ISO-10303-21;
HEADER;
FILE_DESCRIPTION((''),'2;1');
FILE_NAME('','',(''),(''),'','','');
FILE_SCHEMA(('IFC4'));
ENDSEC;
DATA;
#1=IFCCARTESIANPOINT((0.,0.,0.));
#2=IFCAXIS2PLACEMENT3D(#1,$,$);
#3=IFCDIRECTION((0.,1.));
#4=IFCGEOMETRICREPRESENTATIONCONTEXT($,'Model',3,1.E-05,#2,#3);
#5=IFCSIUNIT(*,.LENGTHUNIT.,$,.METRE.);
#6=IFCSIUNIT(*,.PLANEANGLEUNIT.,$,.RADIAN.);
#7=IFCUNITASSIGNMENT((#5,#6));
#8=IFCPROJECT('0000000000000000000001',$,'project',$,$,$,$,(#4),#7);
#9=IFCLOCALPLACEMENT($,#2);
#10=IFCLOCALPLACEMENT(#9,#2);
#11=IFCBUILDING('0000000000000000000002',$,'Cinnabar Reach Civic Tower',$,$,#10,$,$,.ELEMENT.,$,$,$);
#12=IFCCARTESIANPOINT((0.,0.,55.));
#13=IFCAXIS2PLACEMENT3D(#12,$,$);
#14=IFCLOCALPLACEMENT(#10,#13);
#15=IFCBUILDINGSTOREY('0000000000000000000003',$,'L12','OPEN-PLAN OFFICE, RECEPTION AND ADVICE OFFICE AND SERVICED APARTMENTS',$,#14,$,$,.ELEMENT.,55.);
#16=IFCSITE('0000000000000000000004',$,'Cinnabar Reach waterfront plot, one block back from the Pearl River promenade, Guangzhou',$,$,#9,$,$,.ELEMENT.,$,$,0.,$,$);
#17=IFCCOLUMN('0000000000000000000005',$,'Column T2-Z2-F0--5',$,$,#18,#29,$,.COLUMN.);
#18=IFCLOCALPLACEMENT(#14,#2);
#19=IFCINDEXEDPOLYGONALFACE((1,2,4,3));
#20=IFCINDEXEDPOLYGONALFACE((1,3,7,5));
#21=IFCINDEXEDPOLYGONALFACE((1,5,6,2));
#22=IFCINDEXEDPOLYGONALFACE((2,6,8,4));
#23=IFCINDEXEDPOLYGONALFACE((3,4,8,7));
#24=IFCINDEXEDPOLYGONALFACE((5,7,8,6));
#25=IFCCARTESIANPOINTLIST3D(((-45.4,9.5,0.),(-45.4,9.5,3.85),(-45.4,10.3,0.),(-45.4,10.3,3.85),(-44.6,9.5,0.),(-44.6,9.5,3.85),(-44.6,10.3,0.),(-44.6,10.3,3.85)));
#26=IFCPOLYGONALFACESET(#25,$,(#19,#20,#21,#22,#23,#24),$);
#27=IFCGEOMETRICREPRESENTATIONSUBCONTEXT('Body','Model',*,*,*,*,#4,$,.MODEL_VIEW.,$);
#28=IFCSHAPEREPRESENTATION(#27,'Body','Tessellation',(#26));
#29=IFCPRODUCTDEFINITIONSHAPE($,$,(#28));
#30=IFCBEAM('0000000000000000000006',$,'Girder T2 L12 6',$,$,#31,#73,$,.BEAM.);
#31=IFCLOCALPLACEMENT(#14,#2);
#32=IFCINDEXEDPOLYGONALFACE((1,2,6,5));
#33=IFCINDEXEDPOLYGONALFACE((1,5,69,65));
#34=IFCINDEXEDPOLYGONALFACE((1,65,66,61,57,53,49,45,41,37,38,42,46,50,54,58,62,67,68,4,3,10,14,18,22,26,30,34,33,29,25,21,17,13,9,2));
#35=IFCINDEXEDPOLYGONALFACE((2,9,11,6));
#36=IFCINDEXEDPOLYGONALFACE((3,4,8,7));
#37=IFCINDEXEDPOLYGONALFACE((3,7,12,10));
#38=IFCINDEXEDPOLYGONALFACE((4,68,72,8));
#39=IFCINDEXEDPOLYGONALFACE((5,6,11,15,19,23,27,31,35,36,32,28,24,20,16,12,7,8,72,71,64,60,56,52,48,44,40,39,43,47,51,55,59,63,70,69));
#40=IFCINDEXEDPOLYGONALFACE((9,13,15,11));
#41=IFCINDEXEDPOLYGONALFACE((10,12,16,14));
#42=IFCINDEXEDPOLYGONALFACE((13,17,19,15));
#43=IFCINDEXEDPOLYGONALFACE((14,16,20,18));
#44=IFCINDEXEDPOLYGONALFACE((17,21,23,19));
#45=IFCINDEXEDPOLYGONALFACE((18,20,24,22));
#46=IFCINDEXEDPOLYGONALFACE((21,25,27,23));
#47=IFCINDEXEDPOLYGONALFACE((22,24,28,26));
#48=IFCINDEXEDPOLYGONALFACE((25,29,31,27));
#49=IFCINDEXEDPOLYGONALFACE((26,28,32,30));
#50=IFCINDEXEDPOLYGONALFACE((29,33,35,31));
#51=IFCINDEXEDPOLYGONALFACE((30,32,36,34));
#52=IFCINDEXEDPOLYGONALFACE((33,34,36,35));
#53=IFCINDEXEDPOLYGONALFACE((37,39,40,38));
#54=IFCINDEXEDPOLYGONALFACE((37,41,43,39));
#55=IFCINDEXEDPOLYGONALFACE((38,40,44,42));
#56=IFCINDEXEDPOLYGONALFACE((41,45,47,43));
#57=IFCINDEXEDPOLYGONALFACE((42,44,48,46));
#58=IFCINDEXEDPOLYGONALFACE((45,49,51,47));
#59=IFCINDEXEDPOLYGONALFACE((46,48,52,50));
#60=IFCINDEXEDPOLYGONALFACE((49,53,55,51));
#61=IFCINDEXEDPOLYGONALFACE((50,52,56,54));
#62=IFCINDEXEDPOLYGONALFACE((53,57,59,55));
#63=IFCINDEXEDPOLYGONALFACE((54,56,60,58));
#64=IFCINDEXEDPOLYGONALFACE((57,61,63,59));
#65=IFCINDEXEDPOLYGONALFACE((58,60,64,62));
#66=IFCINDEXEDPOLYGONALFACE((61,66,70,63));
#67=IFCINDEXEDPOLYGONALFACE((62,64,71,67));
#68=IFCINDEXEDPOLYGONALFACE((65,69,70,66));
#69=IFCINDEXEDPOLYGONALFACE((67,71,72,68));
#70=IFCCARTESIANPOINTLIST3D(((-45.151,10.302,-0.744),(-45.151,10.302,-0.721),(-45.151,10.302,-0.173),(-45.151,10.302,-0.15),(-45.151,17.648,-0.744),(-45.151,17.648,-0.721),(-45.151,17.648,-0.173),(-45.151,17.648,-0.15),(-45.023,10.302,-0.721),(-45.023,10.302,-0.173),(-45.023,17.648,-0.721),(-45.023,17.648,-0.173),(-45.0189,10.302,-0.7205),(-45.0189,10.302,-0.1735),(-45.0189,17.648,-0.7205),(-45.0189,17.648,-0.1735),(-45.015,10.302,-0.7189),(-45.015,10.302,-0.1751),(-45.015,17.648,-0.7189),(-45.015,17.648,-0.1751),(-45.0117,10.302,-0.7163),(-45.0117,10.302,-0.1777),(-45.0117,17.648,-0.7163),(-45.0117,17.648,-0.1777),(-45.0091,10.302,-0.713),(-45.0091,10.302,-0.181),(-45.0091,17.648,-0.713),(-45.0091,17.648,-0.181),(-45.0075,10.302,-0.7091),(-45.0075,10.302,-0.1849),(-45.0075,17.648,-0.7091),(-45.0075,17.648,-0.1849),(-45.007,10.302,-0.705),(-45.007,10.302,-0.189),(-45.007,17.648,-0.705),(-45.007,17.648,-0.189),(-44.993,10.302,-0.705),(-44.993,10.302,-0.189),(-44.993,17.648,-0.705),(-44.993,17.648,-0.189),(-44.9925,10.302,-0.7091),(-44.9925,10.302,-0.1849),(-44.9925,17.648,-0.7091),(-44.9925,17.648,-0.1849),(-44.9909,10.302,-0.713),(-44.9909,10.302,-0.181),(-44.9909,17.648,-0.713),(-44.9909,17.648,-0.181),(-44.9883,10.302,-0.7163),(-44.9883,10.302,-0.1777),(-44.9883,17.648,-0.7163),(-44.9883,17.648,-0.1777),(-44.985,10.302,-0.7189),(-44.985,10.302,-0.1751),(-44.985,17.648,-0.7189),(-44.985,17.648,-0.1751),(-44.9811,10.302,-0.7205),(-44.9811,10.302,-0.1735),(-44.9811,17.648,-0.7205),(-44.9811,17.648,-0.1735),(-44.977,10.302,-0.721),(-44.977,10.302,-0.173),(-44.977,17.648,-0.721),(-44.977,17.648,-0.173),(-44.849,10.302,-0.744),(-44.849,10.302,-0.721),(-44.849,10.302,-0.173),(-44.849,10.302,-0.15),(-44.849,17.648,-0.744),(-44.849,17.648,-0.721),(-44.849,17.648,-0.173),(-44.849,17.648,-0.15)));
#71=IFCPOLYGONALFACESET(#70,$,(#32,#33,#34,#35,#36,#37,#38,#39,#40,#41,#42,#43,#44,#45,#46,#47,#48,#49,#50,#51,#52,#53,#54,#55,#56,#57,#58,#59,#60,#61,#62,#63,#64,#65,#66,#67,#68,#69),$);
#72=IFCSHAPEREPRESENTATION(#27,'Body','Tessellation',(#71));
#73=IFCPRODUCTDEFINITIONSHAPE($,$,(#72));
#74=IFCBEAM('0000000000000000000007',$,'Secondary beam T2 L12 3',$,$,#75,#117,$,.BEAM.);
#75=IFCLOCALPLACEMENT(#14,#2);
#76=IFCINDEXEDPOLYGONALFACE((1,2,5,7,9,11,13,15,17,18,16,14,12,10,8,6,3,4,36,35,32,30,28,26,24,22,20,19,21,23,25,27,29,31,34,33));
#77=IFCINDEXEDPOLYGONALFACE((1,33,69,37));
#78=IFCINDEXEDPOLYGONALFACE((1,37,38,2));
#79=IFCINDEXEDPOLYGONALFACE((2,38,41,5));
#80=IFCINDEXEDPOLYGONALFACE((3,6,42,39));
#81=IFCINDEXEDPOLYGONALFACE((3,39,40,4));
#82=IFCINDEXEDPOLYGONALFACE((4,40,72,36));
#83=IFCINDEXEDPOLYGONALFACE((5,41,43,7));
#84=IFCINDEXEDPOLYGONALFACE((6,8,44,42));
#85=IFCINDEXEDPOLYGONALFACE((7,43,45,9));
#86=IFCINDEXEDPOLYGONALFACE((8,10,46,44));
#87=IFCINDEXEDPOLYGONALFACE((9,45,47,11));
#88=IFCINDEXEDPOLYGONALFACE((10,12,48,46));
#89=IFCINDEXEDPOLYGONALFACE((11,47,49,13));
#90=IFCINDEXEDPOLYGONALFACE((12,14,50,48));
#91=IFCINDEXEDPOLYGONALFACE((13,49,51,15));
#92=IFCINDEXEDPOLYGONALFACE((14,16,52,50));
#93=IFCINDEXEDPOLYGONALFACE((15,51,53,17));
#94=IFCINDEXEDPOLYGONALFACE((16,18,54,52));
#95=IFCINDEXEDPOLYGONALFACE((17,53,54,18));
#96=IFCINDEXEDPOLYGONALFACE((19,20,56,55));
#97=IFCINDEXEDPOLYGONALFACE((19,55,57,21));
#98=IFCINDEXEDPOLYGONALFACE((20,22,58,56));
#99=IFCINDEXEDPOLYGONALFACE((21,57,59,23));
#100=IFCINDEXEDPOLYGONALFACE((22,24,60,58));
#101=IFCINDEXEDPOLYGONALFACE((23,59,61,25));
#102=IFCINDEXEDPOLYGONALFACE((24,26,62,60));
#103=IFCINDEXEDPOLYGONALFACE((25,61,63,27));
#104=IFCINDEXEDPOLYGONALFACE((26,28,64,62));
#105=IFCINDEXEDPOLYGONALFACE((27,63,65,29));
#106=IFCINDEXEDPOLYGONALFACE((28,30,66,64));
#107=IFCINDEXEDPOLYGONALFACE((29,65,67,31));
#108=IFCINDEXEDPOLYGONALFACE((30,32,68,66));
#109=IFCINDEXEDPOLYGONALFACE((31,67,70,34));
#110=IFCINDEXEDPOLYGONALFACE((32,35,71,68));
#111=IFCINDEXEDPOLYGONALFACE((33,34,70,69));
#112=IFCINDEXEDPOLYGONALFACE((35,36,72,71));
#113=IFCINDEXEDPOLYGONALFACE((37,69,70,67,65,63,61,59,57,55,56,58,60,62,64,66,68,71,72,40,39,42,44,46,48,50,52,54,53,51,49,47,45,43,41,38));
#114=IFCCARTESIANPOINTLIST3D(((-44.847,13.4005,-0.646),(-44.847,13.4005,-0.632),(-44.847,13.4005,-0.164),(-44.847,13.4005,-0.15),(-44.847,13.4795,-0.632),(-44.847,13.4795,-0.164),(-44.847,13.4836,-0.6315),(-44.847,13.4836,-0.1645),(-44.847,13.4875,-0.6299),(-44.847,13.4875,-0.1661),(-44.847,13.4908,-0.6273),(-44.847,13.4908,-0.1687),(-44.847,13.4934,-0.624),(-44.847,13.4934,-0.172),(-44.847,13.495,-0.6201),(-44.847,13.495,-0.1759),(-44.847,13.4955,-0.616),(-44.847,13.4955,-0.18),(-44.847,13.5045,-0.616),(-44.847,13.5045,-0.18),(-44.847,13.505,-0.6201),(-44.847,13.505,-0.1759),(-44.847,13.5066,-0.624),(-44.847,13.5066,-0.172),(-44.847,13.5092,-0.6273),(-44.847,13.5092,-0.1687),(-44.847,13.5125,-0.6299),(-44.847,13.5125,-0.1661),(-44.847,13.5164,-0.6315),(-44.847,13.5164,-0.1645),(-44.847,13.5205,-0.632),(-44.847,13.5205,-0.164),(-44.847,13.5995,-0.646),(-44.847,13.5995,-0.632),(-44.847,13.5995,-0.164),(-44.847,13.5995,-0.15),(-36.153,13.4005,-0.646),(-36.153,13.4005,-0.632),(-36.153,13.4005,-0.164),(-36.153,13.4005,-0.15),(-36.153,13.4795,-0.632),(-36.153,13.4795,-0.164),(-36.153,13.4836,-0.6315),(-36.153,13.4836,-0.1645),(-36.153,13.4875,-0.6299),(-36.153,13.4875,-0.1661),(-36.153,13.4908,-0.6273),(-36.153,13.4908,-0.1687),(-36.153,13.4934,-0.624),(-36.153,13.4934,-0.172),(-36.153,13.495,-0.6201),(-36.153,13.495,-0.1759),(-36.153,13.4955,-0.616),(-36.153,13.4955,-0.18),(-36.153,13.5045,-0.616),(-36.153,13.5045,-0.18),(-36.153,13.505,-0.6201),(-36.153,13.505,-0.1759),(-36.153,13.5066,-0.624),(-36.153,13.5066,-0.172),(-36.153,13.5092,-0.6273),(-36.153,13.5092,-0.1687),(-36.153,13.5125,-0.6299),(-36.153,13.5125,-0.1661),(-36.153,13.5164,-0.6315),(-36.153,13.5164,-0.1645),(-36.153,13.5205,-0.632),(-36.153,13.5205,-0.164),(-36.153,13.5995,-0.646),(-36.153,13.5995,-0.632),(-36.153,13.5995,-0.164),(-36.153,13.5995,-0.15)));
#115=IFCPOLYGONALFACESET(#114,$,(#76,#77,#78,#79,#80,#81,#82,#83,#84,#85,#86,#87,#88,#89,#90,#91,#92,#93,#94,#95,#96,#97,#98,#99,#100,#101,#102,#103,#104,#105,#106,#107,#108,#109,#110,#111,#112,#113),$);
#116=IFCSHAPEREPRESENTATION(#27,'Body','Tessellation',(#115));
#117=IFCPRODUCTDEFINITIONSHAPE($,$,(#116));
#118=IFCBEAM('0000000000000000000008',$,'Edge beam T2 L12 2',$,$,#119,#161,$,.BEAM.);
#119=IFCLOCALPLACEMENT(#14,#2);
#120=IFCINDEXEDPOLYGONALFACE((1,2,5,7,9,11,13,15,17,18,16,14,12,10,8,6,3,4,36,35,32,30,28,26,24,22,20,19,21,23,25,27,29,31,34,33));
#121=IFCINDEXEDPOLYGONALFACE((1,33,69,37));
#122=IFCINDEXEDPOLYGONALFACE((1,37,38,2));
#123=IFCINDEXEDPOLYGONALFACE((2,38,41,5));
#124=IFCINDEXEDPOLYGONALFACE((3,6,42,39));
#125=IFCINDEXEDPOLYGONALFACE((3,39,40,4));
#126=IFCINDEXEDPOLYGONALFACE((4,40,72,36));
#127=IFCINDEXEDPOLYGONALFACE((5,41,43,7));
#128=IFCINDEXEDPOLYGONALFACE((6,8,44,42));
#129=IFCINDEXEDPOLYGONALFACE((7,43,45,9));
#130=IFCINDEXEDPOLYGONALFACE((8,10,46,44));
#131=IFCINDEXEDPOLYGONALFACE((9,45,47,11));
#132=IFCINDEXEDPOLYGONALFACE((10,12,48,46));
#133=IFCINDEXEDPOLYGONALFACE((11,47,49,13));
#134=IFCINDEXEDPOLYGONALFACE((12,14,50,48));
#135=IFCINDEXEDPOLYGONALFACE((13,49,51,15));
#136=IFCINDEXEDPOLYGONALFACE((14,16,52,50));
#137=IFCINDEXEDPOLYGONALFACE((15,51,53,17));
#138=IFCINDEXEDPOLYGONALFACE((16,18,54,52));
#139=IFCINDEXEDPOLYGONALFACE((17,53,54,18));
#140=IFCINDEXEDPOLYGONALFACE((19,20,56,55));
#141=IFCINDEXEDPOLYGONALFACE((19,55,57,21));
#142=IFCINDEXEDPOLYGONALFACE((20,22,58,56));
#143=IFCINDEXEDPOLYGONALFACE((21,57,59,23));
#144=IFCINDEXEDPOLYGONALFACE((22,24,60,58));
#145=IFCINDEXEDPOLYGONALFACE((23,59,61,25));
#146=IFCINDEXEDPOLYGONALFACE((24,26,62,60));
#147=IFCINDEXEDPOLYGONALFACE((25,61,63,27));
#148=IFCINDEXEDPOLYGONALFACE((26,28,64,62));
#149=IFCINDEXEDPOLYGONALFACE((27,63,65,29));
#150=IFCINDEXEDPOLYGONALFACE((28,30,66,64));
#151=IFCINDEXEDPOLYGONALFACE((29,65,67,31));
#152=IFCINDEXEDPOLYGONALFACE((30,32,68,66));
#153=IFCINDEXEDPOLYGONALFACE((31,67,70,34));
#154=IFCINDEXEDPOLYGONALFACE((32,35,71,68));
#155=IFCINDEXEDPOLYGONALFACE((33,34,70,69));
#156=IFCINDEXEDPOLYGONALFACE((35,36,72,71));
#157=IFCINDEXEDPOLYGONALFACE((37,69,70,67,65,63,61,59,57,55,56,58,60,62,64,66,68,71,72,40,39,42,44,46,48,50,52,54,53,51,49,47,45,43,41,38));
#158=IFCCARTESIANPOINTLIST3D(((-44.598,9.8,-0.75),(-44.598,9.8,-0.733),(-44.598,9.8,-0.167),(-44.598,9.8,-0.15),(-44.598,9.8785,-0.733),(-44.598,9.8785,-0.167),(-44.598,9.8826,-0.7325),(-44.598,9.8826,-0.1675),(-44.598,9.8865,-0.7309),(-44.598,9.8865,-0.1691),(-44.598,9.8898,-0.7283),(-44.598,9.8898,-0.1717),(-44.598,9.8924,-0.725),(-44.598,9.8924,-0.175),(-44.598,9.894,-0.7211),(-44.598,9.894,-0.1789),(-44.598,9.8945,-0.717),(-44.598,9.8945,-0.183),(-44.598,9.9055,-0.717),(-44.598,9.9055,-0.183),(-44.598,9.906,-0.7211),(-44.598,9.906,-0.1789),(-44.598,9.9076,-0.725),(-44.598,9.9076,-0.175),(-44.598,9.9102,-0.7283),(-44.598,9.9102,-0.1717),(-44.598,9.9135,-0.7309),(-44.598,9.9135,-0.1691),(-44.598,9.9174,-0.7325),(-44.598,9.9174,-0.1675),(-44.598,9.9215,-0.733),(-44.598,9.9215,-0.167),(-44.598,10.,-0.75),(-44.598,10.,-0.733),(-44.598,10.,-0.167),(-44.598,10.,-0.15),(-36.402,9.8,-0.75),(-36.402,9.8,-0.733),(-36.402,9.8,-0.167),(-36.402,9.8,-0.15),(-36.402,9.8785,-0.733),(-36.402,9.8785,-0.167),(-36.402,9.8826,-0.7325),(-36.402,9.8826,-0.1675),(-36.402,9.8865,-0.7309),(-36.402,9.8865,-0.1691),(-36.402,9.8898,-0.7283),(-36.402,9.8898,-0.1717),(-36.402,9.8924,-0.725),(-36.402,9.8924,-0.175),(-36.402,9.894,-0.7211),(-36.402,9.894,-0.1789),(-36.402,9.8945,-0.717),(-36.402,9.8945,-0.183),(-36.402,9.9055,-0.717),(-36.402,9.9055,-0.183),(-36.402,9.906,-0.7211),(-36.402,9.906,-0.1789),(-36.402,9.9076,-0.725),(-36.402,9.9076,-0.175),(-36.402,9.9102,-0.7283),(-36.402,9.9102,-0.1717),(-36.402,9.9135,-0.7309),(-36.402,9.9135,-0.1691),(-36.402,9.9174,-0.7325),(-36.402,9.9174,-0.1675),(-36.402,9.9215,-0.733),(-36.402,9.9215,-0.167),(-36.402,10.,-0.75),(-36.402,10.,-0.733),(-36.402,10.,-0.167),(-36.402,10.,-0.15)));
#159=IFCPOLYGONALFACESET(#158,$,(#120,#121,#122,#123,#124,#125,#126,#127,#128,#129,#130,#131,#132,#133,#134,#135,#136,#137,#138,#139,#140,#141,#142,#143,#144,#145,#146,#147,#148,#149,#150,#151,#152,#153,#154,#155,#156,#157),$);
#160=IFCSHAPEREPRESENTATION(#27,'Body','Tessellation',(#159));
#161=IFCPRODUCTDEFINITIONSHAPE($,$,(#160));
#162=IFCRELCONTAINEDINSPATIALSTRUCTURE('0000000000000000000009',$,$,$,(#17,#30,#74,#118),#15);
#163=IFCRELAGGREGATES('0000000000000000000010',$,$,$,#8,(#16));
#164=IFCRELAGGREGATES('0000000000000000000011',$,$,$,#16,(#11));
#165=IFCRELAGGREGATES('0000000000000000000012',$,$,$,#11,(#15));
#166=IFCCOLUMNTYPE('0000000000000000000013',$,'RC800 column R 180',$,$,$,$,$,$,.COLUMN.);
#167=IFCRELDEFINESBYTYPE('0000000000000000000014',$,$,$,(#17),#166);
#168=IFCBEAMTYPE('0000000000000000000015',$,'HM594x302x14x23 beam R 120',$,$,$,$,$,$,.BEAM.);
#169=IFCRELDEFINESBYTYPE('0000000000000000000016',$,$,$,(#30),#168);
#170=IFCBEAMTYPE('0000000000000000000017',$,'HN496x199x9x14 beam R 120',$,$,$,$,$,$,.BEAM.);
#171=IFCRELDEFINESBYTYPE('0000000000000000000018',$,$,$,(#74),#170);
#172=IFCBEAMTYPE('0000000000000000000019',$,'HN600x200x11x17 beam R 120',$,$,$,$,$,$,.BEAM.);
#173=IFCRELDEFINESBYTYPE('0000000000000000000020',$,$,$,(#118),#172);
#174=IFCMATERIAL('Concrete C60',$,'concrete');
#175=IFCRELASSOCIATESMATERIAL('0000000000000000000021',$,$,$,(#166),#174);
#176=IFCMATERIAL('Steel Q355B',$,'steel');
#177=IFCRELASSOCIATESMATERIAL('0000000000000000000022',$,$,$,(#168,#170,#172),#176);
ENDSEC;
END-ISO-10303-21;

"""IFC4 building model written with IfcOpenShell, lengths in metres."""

from ifc_helpers import new_model, si_unit, direction, frame, origin, origin_2d, place, context, subcontext, project, spatial, rectangle, i_section, extrude, material, material_profile, profile_set, type_object, element, save


model = new_model("IFC4")

# Units and contexts
model_context = context("Model", 3, precision=1e-05, world=origin(), true_north=direction((0.0, 1.0)))
body_context = subcontext(model_context, "Body", "Model", "MODEL_VIEW")
ifc_project = project(units=[si_unit("LENGTHUNIT", "METRE"), si_unit("PLANEANGLEUNIT", "RADIAN")], contexts=[model_context])

# Site, building, storey
site_placement = place(None, origin())
site = spatial("IfcSite", under=ifc_project, at=site_placement, Name="Cinnabar Reach waterfront plot, one block back from the Pearl River promenade, Guangzhou", CompositionType="ELEMENT", RefElevation=0.0)
building_placement = place(site_placement, origin())
building = spatial("IfcBuilding", under=site, at=building_placement, Name="Cinnabar Reach Civic Tower", CompositionType="ELEMENT")
storey_placement = place(building_placement, frame((0.0, 0.0, 55.0)))
storey = spatial("IfcBuildingStorey", under=building, at=storey_placement, Name="L12", Description="OPEN-PLAN OFFICE, RECEPTION AND ADVICE OFFICE AND SERVICED APARTMENTS", CompositionType="ELEMENT", Elevation=55.0)

# Column
ifc_material_1 = material(Name="Concrete C60", Category="concrete")
ifc_material_profile_1 = material_profile(ifc_material_1, rectangle(XDim=0.8, YDim=0.8, at=origin_2d()), Name="RC800")
ifc_profile_set_1 = profile_set([ifc_material_profile_1], Name="Concrete C60")
column_type = type_object("IfcColumnType", Name="RC800 column R 180", PredefinedType="COLUMN", material=ifc_profile_set_1)
column_placement = place(storey_placement, frame((-45.0, 9.9, 0.0), z_axis=(0.0, 0.0, 1.0), x_axis=(1.0, 0.0, 0.0)))
element("IfcColumn", 1, at=column_placement, inside=storey, type_object=column_type, Name="Column T2-Z2-F0--5", PredefinedType="COLUMN", context=body_context, shape_type="SweptSolid", body=[
    extrude(rectangle(XDim=0.8, YDim=0.8, at=origin_2d()), origin(), (0.0, 0.0, 1.0), 3.85),
])

# Beams
ifc_material_2 = material(Name="Steel Q355B", Category="steel")
ifc_material_profile_2 = material_profile(ifc_material_2, i_section(OverallWidth=0.302, OverallDepth=0.594, WebThickness=0.014, FlangeThickness=0.023, FilletRadius=0.016, at=origin_2d()), Name="HM594x302x14x23")
ifc_profile_set_2 = profile_set([ifc_material_profile_2], Name="Steel Q355B")
beam_type_1 = type_object("IfcBeamType", Name="HM594x302x14x23 beam R 120", PredefinedType="BEAM", material=ifc_profile_set_2)
beam_1_placement = place(storey_placement, frame((-45.0, 10.302, -0.447), z_axis=(0.0, 1.0, 0.0), x_axis=(-1.0, 0.0, 0.0)))
element("IfcBeam", 2, at=beam_1_placement, inside=storey, type_object=beam_type_1, Name="Girder T2 L12 6", PredefinedType="BEAM", context=body_context, shape_type="SweptSolid", body=[
    extrude(i_section(OverallWidth=0.302, OverallDepth=0.594, WebThickness=0.014, FlangeThickness=0.023, FilletRadius=0.016, at=origin_2d()), origin(), (0.0, 0.0, 1.0), 7.346),
])
ifc_material_profile_3 = material_profile(ifc_material_2, i_section(OverallWidth=0.199, OverallDepth=0.496, WebThickness=0.009, FlangeThickness=0.014, FilletRadius=0.016, at=origin_2d()), Name="HN496x199x9x14")
ifc_profile_set_3 = profile_set([ifc_material_profile_3], Name="Steel Q355B")
beam_type_2 = type_object("IfcBeamType", Name="HN496x199x9x14 beam R 120", PredefinedType="BEAM", material=ifc_profile_set_3)
beam_2_placement = place(storey_placement, frame((-44.847, 13.5, -0.398), z_axis=(1.0, 0.0, 0.0), x_axis=(0.0, 1.0, 0.0)))
element("IfcBeam", 3, at=beam_2_placement, inside=storey, type_object=beam_type_2, Name="Secondary beam T2 L12 3", PredefinedType="BEAM", context=body_context, shape_type="SweptSolid", body=[
    extrude(i_section(OverallWidth=0.199, OverallDepth=0.496, WebThickness=0.009, FlangeThickness=0.014, FilletRadius=0.016, at=origin_2d()), origin(), (0.0, 0.0, 1.0), 8.694),
])
ifc_material_profile_4 = material_profile(ifc_material_2, i_section(OverallWidth=0.2, OverallDepth=0.6, WebThickness=0.011, FlangeThickness=0.017, FilletRadius=0.016, at=origin_2d()), Name="HN600x200x11x17")
ifc_profile_set_4 = profile_set([ifc_material_profile_4], Name="Steel Q355B")
beam_type_3 = type_object("IfcBeamType", Name="HN600x200x11x17 beam R 120", PredefinedType="BEAM", material=ifc_profile_set_4)
beam_3_placement = place(storey_placement, frame((-44.598, 9.9, -0.45), z_axis=(1.0, 0.0, 0.0), x_axis=(0.0, 1.0, 0.0)))
element("IfcBeam", 4, at=beam_3_placement, inside=storey, type_object=beam_type_3, Name="Edge beam T2 L12 2", PredefinedType="BEAM", context=body_context, shape_type="SweptSolid", body=[
    extrude(i_section(OverallWidth=0.2, OverallDepth=0.6, WebThickness=0.011, FlangeThickness=0.017, FilletRadius=0.016, at=origin_2d()), origin(), (0.0, 0.0, 1.0), 8.196),
])

save(model, "model.ifc")
